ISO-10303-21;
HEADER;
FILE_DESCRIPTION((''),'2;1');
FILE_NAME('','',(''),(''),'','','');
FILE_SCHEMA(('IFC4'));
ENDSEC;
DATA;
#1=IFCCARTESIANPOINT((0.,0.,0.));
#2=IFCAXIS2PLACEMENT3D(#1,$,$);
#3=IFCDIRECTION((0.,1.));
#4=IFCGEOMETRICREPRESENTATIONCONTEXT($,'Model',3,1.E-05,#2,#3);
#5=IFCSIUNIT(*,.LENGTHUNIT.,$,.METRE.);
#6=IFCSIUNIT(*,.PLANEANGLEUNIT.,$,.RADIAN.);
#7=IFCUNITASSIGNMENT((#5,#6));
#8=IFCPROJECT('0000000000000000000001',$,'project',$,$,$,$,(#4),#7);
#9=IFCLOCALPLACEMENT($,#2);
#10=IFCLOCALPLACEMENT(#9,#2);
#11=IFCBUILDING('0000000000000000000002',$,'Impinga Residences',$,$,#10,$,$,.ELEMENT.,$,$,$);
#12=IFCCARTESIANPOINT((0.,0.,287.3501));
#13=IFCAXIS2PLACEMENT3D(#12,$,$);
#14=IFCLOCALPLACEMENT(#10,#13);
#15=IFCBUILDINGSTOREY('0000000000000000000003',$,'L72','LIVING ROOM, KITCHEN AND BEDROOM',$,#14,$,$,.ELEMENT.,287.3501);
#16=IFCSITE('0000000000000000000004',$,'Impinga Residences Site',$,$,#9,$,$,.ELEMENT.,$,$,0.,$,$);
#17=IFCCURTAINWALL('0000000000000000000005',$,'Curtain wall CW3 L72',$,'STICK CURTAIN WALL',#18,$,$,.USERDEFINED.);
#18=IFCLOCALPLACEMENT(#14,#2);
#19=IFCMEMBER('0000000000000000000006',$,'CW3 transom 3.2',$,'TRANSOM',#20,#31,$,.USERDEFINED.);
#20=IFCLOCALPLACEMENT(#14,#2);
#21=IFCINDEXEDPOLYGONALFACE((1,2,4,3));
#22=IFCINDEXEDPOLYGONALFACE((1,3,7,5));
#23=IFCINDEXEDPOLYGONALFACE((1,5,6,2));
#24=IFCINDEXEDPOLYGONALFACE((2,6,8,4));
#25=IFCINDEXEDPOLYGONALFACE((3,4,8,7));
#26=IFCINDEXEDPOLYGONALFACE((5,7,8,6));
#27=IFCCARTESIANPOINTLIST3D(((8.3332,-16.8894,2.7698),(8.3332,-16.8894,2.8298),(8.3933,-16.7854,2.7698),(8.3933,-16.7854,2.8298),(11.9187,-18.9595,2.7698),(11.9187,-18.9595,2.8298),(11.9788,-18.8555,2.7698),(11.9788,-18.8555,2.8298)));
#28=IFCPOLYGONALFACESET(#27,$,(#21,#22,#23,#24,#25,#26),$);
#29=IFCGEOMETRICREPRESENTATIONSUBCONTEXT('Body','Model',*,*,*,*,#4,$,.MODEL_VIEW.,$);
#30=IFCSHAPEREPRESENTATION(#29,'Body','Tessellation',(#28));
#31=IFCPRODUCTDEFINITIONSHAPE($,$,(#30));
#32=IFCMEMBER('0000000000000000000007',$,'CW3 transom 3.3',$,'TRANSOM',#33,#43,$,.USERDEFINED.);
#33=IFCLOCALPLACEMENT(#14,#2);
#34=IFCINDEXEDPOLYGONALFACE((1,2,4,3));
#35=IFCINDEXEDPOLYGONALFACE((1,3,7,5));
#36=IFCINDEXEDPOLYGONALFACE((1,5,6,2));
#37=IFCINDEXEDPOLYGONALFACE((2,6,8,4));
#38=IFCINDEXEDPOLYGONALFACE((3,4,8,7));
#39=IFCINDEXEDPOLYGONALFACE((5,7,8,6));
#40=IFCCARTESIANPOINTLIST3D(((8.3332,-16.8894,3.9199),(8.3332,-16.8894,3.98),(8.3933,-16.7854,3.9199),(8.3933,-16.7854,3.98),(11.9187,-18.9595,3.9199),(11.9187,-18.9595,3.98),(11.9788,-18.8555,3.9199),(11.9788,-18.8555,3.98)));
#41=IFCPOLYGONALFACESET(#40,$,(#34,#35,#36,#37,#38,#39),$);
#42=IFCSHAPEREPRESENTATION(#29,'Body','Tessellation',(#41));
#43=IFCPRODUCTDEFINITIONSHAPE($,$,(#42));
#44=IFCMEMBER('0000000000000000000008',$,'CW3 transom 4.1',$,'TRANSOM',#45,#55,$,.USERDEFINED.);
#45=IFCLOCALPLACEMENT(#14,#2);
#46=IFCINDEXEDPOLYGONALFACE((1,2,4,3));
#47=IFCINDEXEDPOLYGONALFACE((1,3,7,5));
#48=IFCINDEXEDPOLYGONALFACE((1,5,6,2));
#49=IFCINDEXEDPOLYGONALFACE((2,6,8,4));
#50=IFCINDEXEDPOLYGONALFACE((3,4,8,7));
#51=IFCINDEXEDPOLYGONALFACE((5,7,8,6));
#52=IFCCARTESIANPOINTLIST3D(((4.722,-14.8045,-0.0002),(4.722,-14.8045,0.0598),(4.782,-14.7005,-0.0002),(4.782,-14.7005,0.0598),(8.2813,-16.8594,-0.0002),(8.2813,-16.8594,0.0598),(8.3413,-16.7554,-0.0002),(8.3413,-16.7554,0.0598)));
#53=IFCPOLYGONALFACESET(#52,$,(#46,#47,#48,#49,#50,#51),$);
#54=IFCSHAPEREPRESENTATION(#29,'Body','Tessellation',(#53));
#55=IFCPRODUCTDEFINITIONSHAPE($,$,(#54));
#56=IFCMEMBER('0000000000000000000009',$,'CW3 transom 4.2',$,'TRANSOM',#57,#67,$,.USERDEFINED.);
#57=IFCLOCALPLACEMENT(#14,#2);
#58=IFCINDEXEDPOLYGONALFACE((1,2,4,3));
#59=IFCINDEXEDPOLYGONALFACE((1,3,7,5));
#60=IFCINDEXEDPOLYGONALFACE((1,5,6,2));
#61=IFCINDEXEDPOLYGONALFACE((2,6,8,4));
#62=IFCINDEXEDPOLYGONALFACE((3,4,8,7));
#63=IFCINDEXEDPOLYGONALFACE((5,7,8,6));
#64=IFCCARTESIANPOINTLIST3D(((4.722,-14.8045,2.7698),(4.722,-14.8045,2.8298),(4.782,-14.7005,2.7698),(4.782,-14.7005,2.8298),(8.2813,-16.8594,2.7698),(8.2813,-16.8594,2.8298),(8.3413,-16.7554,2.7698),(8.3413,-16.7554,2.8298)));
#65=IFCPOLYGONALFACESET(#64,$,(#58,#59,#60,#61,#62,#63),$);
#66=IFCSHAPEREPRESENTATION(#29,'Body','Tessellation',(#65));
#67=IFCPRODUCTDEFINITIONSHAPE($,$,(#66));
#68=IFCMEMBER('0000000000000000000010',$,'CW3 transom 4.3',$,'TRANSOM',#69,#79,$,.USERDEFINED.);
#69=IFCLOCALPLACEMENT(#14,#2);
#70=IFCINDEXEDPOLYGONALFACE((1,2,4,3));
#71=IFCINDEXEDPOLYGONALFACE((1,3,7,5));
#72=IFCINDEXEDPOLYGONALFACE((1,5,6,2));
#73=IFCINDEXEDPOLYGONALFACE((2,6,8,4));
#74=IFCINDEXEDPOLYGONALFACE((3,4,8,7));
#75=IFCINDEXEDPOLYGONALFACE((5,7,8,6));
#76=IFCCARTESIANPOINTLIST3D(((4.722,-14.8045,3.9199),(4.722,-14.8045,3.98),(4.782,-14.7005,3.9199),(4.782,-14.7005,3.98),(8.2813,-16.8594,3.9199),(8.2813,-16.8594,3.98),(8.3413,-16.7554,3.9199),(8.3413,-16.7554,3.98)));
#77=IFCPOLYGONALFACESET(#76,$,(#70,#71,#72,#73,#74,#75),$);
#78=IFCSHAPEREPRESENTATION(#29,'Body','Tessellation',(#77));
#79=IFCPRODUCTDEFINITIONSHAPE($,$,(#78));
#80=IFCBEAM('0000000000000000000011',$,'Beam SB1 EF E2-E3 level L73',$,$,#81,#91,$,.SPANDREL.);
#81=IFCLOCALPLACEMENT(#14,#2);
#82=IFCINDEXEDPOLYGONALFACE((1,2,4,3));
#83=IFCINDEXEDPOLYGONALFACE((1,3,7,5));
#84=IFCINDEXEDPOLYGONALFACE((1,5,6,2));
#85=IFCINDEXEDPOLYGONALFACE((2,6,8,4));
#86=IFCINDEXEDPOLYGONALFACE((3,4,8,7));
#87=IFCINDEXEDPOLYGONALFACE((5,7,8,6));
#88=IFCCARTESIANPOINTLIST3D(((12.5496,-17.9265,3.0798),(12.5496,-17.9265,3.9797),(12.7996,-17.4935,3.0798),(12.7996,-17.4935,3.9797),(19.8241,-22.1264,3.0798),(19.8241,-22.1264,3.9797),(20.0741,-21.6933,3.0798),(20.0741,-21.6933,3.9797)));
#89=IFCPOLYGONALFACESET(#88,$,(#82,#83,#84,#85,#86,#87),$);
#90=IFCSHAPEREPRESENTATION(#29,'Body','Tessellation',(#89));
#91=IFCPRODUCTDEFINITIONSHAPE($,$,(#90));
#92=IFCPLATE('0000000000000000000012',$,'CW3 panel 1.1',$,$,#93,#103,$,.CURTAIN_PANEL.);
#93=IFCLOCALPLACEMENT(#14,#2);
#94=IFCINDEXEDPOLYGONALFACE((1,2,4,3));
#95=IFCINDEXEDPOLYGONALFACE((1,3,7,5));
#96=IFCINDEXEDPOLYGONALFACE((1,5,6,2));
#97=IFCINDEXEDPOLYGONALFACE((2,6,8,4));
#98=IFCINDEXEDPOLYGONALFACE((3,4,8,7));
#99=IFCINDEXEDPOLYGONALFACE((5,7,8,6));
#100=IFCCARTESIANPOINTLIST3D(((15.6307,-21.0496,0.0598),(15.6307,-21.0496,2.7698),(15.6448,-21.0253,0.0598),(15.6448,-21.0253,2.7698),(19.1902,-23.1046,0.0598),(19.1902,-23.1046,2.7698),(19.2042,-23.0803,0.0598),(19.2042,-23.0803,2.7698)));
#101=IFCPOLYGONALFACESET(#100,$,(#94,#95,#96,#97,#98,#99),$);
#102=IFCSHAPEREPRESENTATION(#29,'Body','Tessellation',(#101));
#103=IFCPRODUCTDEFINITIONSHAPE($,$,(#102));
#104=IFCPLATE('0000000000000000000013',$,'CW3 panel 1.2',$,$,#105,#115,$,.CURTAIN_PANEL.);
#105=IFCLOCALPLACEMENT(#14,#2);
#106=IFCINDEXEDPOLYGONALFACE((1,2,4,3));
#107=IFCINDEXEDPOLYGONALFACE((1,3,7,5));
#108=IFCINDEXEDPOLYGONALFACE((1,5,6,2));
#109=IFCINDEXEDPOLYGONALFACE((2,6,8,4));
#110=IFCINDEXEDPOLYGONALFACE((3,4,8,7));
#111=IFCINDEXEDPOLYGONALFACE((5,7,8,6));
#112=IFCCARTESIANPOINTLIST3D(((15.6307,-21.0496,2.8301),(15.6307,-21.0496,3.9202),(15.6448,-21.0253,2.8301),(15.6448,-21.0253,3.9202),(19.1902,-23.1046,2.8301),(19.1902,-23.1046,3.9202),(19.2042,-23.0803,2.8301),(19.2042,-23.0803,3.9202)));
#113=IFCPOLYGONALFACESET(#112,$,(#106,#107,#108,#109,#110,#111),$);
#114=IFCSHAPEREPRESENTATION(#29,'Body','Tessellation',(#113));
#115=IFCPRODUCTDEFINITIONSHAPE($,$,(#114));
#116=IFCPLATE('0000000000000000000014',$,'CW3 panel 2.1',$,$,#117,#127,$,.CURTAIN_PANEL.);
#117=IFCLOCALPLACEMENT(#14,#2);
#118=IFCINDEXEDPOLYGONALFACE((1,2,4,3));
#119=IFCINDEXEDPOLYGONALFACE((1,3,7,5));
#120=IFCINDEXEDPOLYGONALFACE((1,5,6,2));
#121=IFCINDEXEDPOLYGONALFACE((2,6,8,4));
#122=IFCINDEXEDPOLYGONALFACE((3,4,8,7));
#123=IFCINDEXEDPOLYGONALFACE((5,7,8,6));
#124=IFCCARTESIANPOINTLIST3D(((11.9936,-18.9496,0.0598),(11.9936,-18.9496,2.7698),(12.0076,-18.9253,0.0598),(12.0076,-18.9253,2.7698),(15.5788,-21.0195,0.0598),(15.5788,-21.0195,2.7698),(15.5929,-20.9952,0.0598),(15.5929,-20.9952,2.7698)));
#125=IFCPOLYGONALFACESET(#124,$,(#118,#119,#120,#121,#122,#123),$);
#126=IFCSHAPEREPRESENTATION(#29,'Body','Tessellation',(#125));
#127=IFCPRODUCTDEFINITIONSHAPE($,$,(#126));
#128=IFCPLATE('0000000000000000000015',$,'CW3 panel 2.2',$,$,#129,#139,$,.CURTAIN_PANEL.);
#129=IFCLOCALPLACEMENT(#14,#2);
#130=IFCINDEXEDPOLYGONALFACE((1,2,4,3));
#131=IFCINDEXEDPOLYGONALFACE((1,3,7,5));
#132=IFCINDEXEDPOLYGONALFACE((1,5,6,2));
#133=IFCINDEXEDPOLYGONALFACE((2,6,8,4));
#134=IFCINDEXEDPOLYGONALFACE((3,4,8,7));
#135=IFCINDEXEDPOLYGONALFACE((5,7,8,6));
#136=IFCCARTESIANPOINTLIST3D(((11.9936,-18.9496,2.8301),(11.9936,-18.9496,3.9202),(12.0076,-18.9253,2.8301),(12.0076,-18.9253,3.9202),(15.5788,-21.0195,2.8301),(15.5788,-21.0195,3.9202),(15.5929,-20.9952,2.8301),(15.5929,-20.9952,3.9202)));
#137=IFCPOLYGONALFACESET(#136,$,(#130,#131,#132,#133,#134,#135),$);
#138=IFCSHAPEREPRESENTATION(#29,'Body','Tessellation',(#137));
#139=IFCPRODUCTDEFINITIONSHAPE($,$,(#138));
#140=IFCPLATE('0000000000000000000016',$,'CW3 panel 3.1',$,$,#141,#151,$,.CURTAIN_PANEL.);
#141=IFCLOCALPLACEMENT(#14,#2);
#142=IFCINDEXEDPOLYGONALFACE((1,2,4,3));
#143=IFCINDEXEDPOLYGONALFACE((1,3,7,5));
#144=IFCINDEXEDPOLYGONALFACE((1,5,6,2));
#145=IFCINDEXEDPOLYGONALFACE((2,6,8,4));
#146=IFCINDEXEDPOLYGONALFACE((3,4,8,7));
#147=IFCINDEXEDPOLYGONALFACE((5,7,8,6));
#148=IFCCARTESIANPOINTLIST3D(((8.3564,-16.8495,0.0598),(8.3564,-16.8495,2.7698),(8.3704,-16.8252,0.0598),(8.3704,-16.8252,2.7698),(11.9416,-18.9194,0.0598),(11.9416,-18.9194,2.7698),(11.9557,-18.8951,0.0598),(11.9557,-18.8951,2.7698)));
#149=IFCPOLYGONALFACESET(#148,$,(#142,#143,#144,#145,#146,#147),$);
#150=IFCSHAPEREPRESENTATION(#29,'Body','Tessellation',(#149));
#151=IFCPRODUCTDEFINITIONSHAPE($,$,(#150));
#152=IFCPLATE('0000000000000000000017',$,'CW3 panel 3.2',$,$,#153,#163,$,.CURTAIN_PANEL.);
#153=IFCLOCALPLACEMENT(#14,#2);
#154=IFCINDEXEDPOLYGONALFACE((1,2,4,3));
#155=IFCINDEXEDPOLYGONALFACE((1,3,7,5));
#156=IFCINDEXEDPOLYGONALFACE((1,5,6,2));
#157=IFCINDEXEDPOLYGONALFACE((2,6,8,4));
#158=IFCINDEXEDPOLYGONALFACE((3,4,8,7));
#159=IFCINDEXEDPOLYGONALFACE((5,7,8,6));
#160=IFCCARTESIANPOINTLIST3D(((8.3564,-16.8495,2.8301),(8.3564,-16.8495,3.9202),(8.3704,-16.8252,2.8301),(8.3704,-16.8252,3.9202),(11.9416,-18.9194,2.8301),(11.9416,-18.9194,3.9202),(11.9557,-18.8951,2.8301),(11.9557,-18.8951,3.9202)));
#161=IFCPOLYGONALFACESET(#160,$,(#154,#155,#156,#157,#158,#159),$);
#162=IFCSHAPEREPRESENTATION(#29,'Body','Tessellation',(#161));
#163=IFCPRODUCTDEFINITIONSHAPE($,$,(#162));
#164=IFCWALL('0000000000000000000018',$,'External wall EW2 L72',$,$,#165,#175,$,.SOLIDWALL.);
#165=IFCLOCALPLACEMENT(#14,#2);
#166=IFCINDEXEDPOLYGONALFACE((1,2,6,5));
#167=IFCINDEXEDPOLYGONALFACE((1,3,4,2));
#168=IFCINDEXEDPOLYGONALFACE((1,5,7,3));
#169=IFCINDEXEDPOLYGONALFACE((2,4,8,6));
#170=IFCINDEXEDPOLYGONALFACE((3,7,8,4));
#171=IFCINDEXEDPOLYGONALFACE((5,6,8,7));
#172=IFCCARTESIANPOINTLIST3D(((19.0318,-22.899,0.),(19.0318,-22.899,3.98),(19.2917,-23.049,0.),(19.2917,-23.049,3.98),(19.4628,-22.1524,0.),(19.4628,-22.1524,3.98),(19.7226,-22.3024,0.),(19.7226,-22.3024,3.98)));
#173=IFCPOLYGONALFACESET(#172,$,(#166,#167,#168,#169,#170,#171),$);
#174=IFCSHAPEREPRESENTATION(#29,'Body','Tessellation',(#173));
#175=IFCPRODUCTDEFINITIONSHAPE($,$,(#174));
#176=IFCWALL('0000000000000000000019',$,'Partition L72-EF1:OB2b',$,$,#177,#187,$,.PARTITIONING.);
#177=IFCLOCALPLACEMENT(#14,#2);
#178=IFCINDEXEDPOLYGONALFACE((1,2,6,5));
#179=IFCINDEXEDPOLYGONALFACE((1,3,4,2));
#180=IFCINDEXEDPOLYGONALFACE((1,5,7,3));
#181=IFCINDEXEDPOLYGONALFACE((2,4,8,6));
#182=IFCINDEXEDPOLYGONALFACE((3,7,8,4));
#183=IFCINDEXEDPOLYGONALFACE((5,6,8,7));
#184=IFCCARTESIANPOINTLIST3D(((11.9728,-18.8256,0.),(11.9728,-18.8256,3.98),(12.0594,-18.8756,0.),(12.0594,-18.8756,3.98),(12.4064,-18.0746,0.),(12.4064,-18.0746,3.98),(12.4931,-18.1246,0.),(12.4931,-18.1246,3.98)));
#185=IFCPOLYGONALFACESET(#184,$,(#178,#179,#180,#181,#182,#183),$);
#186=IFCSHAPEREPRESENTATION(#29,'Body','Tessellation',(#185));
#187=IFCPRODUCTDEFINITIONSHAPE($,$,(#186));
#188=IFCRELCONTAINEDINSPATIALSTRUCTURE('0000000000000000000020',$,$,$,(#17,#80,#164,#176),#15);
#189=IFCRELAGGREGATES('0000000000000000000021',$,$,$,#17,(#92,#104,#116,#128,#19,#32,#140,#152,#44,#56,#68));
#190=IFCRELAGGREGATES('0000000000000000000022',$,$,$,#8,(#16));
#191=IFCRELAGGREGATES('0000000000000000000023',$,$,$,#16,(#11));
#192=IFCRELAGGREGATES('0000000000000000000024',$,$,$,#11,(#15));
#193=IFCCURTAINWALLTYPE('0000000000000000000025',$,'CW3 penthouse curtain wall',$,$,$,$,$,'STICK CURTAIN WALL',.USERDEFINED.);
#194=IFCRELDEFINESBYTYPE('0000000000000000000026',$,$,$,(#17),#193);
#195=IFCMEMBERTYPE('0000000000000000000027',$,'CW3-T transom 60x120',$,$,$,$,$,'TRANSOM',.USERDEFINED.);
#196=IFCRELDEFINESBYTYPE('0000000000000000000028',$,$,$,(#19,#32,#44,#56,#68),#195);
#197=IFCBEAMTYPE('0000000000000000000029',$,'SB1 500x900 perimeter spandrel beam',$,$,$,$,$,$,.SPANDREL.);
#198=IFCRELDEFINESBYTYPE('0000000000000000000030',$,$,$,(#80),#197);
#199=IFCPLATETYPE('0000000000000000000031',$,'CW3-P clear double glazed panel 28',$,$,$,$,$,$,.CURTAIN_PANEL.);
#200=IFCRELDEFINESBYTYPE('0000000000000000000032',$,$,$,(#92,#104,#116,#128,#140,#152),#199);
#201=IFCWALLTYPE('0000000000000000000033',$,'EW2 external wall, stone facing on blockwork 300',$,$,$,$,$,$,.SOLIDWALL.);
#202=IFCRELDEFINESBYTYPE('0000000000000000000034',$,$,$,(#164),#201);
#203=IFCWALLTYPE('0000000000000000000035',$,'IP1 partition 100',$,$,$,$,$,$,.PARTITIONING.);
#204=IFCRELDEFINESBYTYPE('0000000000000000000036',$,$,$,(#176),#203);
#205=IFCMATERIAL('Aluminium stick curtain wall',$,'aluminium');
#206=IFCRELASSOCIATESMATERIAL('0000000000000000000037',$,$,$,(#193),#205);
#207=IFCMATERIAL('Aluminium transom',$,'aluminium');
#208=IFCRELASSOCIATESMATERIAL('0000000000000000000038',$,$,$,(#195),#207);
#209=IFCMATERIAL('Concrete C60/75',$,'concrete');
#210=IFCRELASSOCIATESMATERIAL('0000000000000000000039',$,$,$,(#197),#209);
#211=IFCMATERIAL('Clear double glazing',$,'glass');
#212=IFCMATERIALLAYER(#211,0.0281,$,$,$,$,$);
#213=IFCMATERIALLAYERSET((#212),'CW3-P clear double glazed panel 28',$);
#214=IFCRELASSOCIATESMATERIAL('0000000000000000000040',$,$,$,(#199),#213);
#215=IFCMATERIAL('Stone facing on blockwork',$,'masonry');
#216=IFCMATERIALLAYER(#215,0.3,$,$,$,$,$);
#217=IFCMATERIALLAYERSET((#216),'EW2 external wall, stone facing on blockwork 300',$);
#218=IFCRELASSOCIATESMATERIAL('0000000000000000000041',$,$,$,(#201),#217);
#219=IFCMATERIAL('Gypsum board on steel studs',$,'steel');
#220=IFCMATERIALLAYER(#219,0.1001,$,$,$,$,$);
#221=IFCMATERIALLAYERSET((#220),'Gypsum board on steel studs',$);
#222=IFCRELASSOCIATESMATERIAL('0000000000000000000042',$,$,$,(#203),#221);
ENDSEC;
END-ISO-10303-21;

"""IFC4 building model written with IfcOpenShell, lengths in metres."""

from ifc_helpers import new_model, si_unit, direction, frame, frame_2d, origin, origin_2d, place, context, subcontext, project, spatial, rectangle, extrude, material, layer, layer_set, material_profile, profile_set, type_object, element, aggregate, save


model = new_model("IFC4")

# Units and contexts
model_context = context("Model", 3, precision=1e-05, world=origin(), true_north=direction((0.0, 1.0)))
body_context = subcontext(model_context, "Body", "Model", "MODEL_VIEW")
ifc_project = project(units=[si_unit("LENGTHUNIT", "METRE"), si_unit("PLANEANGLEUNIT", "RADIAN")], contexts=[model_context])

# Site, building, storey
site_placement = place(None, origin())
site = spatial("IfcSite", under=ifc_project, at=site_placement, Name="Impinga Residences Site", CompositionType="ELEMENT", RefElevation=0.0)
building_placement = place(site_placement, origin())
building = spatial("IfcBuilding", under=site, at=building_placement, Name="Impinga Residences", CompositionType="ELEMENT")
storey_placement = place(building_placement, frame((0.0, 0.0, 287.3501)))
storey = spatial("IfcBuildingStorey", under=building, at=storey_placement, Name="L72", Description="LIVING ROOM, KITCHEN AND BEDROOM", CompositionType="ELEMENT", Elevation=287.3501)

# Shared definitions
ifc_material_1 = material(Name="Concrete C60/75", Category="concrete")

# Curtain wall, members
ifc_material_2 = material(Name="Aluminium stick curtain wall", Category="aluminium")
curtain_wall_type = type_object("IfcCurtainWallType", Name="CW3 penthouse curtain wall", ElementType="STICK CURTAIN WALL", PredefinedType="USERDEFINED", material=ifc_material_2)
curtain_wall_placement = place(storey_placement, origin())
curtain_wall = element("IfcCurtainWall", 1, at=curtain_wall_placement, inside=storey, type_object=curtain_wall_type, Name="Curtain wall CW3 L72", ObjectType="STICK CURTAIN WALL", PredefinedType="USERDEFINED")
ifc_material_3 = material(Name="Aluminium transom", Category="aluminium")
ifc_material_profile_1 = material_profile(ifc_material_3, rectangle(XDim=0.0601, YDim=0.1201, at=origin_2d()), Name="60x120 transom")
ifc_profile_set_1 = profile_set([ifc_material_profile_1], Name="Aluminium transom")
member_type_1 = type_object("IfcMemberType", Name="CW3-T transom 60x120", ElementType="TRANSOM", PredefinedType="USERDEFINED", material=ifc_profile_set_1)
member_1_placement = place(storey_placement, frame((11.9487, -18.9075, 2.7998), z_axis=(-0.866025, 0.500002, 0.0), x_axis=(0.0, 0.0, 1.0)))
member_1 = element("IfcMember", 2, at=member_1_placement, type_object=member_type_1, Name="CW3 transom 3.2", ObjectType="TRANSOM", PredefinedType="USERDEFINED", context=body_context, shape_type="SweptSolid", body=[
    extrude(rectangle(XDim=0.0601, YDim=0.1201, at=origin_2d()), origin(), (0.0, 0.0, 1.0), 4.1401),
])
member_2_placement = place(storey_placement, frame((11.9487, -18.9075, 3.95), z_axis=(-0.866025, 0.500002, 0.0), x_axis=(0.0, 0.0, 1.0)))
member_2 = element("IfcMember", 3, at=member_2_placement, type_object=member_type_1, Name="CW3 transom 3.3", ObjectType="TRANSOM", PredefinedType="USERDEFINED", context=body_context, shape_type="SweptSolid", body=[
    extrude(rectangle(XDim=0.0601, YDim=0.1201, at=origin_2d()), origin(), (0.0, 0.0, 1.0), 4.1401),
])
member_3_placement = place(storey_placement, frame((8.3113, -16.8074, 0.0298), z_axis=(-0.86603, 0.499992, 0.0), x_axis=(0.0, 0.0, 1.0)))
member_3 = element("IfcMember", 4, at=member_3_placement, type_object=member_type_1, Name="CW3 transom 4.1", ObjectType="TRANSOM", PredefinedType="USERDEFINED", context=body_context, shape_type="SweptSolid", body=[
    extrude(rectangle(XDim=0.0601, YDim=0.1201, at=origin_2d()), origin(), (0.0, 0.0, 1.0), 4.1099),
])
member_4_placement = place(storey_placement, frame((8.3113, -16.8074, 2.7998), z_axis=(-0.86603, 0.499992, 0.0), x_axis=(0.0, 0.0, 1.0)))
member_4 = element("IfcMember", 5, at=member_4_placement, type_object=member_type_1, Name="CW3 transom 4.2", ObjectType="TRANSOM", PredefinedType="USERDEFINED", context=body_context, shape_type="SweptSolid", body=[
    extrude(rectangle(XDim=0.0601, YDim=0.1201, at=origin_2d()), origin(), (0.0, 0.0, 1.0), 4.1099),
])
member_5_placement = place(storey_placement, frame((8.3113, -16.8074, 3.95), z_axis=(-0.86603, 0.499992, 0.0), x_axis=(0.0, 0.0, 1.0)))
member_5 = element("IfcMember", 6, at=member_5_placement, type_object=member_type_1, Name="CW3 transom 4.3", ObjectType="TRANSOM", PredefinedType="USERDEFINED", context=body_context, shape_type="SweptSolid", body=[
    extrude(rectangle(XDim=0.0601, YDim=0.1201, at=origin_2d()), origin(), (0.0, 0.0, 1.0), 4.1099),
])

# Beam
ifc_material_profile_2 = material_profile(ifc_material_1, rectangle(XDim=0.5, YDim=0.8999, at=origin_2d()), Name="RC 500x900")
ifc_profile_set_2 = profile_set([ifc_material_profile_2], Name="Concrete C60/75")
beam_type_1 = type_object("IfcBeamType", Name="SB1 500x900 perimeter spandrel beam", PredefinedType="SPANDREL", material=ifc_profile_set_2)
beam_1_placement = place(storey_placement, frame((12.6746, -17.71, 3.5298), z_axis=(0.866029, -0.499993, 0.0), x_axis=(0.499993, 0.866029, 0.0)))
element("IfcBeam", 7, at=beam_1_placement, inside=storey, type_object=beam_type_1, Name="Beam SB1 EF E2-E3 level L73", PredefinedType="SPANDREL", context=body_context, shape_type="SweptSolid", body=[
    extrude(rectangle(XDim=0.5, YDim=0.8999, at=origin_2d()), origin(), (0.0, 0.0, 1.0), 8.3999),
])

# Plates
ifc_material_4 = material(Name="Clear double glazing", Category="glass")
ifc_layer_1 = layer(ifc_material_4, 0.0281)
ifc_layer_set_1 = layer_set([ifc_layer_1], Name="CW3-P clear double glazed panel 28")
plate_type = type_object("IfcPlateType", Name="CW3-P clear double glazed panel 28", PredefinedType="CURTAIN_PANEL", material=ifc_layer_set_1)
plate_1_placement = place(storey_placement, frame((17.4175, -22.0649, 0.0598), z_axis=(0.0, 0.0, 1.0), x_axis=(-0.866025, 0.5, 0.0)))
plate_1 = element("IfcPlate", 8, at=plate_1_placement, type_object=plate_type, Name="CW3 panel 1.1", PredefinedType="CURTAIN_PANEL", context=body_context, shape_type="SweptSolid", body=[
    extrude(rectangle(XDim=4.1101, YDim=0.0281, at=origin_2d()), origin(), (0.0, 0.0, 1.0), 2.71),
])
plate_2_placement = place(storey_placement, frame((17.4175, -22.0649, 2.8301), z_axis=(0.0, 0.0, 1.0), x_axis=(-0.866025, 0.5, 0.0)))
plate_2 = element("IfcPlate", 9, at=plate_2_placement, type_object=plate_type, Name="CW3 panel 1.2", PredefinedType="CURTAIN_PANEL", context=body_context, shape_type="SweptSolid", body=[
    extrude(rectangle(XDim=4.1101, YDim=0.0281, at=origin_2d()), origin(), (0.0, 0.0, 1.0), 1.0901),
])
plate_3_placement = place(storey_placement, frame((13.7932, -19.9724, 0.0598), z_axis=(0.0, 0.0, 1.0), x_axis=(-0.866025, 0.5, 0.0)))
plate_3 = element("IfcPlate", 10, at=plate_3_placement, type_object=plate_type, Name="CW3 panel 2.1", PredefinedType="CURTAIN_PANEL", context=body_context, shape_type="SweptSolid", body=[
    extrude(rectangle(XDim=4.1399, YDim=0.0281, at=origin_2d()), origin(), (0.0, 0.0, 1.0), 2.71),
])
plate_4_placement = place(storey_placement, frame((13.7932, -19.9724, 2.8301), z_axis=(0.0, 0.0, 1.0), x_axis=(-0.866025, 0.5, 0.0)))
plate_4 = element("IfcPlate", 11, at=plate_4_placement, type_object=plate_type, Name="CW3 panel 2.2", PredefinedType="CURTAIN_PANEL", context=body_context, shape_type="SweptSolid", body=[
    extrude(rectangle(XDim=4.1399, YDim=0.0281, at=origin_2d()), origin(), (0.0, 0.0, 1.0), 1.0901),
])
plate_5_placement = place(storey_placement, frame((10.156, -17.8723, 0.0598), z_axis=(0.0, 0.0, 1.0), x_axis=(-0.866025, 0.5, 0.0)))
plate_5 = element("IfcPlate", 12, at=plate_5_placement, type_object=plate_type, Name="CW3 panel 3.1", PredefinedType="CURTAIN_PANEL", context=body_context, shape_type="SweptSolid", body=[
    extrude(rectangle(XDim=4.1399, YDim=0.0281, at=origin_2d()), origin(), (0.0, 0.0, 1.0), 2.71),
])
plate_6_placement = place(storey_placement, frame((10.156, -17.8723, 2.8301), z_axis=(0.0, 0.0, 1.0), x_axis=(-0.866025, 0.5, 0.0)))
plate_6 = element("IfcPlate", 13, at=plate_6_placement, type_object=plate_type, Name="CW3 panel 3.2", PredefinedType="CURTAIN_PANEL", context=body_context, shape_type="SweptSolid", body=[
    extrude(rectangle(XDim=4.1399, YDim=0.0281, at=origin_2d()), origin(), (0.0, 0.0, 1.0), 1.0901),
])
aggregate(curtain_wall, [plate_1, plate_2, plate_3, plate_4, member_1, member_2, plate_5, plate_6, member_3, member_4, member_5])

# Walls
ifc_material_5 = material(Name="Stone facing on blockwork", Category="masonry")
ifc_layer_2 = layer(ifc_material_5, 0.3)
ifc_layer_set_2 = layer_set([ifc_layer_2], Name="EW2 external wall, stone facing on blockwork 300")
wall_type_1 = type_object("IfcWallType", Name="EW2 external wall, stone facing on blockwork 300", PredefinedType="SOLIDWALL", material=ifc_layer_set_2)
wall_1_placement = place(storey_placement, frame((19.5928, -22.2273, 0.0), z_axis=(0.0, 0.0, 1.0), x_axis=(-0.499886, -0.866091, 0.0)))
element("IfcWall", 14, at=wall_1_placement, inside=storey, type_object=wall_type_1, Name="External wall EW2 L72", PredefinedType="SOLIDWALL", context=body_context, shape_type="SweptSolid", body=[
    extrude(rectangle(XDim=0.8621, YDim=0.3, at=frame_2d((0.4312, 0.0))), origin(), (0.0, 0.0, 1.0), 3.98),
])
ifc_material_6 = material(Name="Gypsum board on steel studs", Category="steel")
ifc_layer_3 = layer(ifc_material_6, 0.1001)
ifc_layer_set_3 = layer_set([ifc_layer_3], Name="Gypsum board on steel studs")
wall_type_2 = type_object("IfcWallType", Name="IP1 partition 100", PredefinedType="PARTITIONING", material=ifc_layer_set_3)
wall_2_placement = place(storey_placement, frame((12.4497, -18.0996, 0.0), z_axis=(0.0, 0.0, 1.0), x_axis=(-0.500015, -0.866017, 0.0)))
element("IfcWall", 15, at=wall_2_placement, inside=storey, type_object=wall_type_2, Name="Partition L72-EF1:OB2b", PredefinedType="PARTITIONING", context=body_context, shape_type="SweptSolid", body=[
    extrude(rectangle(XDim=0.8672, YDim=0.1001, at=frame_2d((0.4336, 0.0))), origin(), (0.0, 0.0, 1.0), 3.98),
])

save(model, "model.ifc")
